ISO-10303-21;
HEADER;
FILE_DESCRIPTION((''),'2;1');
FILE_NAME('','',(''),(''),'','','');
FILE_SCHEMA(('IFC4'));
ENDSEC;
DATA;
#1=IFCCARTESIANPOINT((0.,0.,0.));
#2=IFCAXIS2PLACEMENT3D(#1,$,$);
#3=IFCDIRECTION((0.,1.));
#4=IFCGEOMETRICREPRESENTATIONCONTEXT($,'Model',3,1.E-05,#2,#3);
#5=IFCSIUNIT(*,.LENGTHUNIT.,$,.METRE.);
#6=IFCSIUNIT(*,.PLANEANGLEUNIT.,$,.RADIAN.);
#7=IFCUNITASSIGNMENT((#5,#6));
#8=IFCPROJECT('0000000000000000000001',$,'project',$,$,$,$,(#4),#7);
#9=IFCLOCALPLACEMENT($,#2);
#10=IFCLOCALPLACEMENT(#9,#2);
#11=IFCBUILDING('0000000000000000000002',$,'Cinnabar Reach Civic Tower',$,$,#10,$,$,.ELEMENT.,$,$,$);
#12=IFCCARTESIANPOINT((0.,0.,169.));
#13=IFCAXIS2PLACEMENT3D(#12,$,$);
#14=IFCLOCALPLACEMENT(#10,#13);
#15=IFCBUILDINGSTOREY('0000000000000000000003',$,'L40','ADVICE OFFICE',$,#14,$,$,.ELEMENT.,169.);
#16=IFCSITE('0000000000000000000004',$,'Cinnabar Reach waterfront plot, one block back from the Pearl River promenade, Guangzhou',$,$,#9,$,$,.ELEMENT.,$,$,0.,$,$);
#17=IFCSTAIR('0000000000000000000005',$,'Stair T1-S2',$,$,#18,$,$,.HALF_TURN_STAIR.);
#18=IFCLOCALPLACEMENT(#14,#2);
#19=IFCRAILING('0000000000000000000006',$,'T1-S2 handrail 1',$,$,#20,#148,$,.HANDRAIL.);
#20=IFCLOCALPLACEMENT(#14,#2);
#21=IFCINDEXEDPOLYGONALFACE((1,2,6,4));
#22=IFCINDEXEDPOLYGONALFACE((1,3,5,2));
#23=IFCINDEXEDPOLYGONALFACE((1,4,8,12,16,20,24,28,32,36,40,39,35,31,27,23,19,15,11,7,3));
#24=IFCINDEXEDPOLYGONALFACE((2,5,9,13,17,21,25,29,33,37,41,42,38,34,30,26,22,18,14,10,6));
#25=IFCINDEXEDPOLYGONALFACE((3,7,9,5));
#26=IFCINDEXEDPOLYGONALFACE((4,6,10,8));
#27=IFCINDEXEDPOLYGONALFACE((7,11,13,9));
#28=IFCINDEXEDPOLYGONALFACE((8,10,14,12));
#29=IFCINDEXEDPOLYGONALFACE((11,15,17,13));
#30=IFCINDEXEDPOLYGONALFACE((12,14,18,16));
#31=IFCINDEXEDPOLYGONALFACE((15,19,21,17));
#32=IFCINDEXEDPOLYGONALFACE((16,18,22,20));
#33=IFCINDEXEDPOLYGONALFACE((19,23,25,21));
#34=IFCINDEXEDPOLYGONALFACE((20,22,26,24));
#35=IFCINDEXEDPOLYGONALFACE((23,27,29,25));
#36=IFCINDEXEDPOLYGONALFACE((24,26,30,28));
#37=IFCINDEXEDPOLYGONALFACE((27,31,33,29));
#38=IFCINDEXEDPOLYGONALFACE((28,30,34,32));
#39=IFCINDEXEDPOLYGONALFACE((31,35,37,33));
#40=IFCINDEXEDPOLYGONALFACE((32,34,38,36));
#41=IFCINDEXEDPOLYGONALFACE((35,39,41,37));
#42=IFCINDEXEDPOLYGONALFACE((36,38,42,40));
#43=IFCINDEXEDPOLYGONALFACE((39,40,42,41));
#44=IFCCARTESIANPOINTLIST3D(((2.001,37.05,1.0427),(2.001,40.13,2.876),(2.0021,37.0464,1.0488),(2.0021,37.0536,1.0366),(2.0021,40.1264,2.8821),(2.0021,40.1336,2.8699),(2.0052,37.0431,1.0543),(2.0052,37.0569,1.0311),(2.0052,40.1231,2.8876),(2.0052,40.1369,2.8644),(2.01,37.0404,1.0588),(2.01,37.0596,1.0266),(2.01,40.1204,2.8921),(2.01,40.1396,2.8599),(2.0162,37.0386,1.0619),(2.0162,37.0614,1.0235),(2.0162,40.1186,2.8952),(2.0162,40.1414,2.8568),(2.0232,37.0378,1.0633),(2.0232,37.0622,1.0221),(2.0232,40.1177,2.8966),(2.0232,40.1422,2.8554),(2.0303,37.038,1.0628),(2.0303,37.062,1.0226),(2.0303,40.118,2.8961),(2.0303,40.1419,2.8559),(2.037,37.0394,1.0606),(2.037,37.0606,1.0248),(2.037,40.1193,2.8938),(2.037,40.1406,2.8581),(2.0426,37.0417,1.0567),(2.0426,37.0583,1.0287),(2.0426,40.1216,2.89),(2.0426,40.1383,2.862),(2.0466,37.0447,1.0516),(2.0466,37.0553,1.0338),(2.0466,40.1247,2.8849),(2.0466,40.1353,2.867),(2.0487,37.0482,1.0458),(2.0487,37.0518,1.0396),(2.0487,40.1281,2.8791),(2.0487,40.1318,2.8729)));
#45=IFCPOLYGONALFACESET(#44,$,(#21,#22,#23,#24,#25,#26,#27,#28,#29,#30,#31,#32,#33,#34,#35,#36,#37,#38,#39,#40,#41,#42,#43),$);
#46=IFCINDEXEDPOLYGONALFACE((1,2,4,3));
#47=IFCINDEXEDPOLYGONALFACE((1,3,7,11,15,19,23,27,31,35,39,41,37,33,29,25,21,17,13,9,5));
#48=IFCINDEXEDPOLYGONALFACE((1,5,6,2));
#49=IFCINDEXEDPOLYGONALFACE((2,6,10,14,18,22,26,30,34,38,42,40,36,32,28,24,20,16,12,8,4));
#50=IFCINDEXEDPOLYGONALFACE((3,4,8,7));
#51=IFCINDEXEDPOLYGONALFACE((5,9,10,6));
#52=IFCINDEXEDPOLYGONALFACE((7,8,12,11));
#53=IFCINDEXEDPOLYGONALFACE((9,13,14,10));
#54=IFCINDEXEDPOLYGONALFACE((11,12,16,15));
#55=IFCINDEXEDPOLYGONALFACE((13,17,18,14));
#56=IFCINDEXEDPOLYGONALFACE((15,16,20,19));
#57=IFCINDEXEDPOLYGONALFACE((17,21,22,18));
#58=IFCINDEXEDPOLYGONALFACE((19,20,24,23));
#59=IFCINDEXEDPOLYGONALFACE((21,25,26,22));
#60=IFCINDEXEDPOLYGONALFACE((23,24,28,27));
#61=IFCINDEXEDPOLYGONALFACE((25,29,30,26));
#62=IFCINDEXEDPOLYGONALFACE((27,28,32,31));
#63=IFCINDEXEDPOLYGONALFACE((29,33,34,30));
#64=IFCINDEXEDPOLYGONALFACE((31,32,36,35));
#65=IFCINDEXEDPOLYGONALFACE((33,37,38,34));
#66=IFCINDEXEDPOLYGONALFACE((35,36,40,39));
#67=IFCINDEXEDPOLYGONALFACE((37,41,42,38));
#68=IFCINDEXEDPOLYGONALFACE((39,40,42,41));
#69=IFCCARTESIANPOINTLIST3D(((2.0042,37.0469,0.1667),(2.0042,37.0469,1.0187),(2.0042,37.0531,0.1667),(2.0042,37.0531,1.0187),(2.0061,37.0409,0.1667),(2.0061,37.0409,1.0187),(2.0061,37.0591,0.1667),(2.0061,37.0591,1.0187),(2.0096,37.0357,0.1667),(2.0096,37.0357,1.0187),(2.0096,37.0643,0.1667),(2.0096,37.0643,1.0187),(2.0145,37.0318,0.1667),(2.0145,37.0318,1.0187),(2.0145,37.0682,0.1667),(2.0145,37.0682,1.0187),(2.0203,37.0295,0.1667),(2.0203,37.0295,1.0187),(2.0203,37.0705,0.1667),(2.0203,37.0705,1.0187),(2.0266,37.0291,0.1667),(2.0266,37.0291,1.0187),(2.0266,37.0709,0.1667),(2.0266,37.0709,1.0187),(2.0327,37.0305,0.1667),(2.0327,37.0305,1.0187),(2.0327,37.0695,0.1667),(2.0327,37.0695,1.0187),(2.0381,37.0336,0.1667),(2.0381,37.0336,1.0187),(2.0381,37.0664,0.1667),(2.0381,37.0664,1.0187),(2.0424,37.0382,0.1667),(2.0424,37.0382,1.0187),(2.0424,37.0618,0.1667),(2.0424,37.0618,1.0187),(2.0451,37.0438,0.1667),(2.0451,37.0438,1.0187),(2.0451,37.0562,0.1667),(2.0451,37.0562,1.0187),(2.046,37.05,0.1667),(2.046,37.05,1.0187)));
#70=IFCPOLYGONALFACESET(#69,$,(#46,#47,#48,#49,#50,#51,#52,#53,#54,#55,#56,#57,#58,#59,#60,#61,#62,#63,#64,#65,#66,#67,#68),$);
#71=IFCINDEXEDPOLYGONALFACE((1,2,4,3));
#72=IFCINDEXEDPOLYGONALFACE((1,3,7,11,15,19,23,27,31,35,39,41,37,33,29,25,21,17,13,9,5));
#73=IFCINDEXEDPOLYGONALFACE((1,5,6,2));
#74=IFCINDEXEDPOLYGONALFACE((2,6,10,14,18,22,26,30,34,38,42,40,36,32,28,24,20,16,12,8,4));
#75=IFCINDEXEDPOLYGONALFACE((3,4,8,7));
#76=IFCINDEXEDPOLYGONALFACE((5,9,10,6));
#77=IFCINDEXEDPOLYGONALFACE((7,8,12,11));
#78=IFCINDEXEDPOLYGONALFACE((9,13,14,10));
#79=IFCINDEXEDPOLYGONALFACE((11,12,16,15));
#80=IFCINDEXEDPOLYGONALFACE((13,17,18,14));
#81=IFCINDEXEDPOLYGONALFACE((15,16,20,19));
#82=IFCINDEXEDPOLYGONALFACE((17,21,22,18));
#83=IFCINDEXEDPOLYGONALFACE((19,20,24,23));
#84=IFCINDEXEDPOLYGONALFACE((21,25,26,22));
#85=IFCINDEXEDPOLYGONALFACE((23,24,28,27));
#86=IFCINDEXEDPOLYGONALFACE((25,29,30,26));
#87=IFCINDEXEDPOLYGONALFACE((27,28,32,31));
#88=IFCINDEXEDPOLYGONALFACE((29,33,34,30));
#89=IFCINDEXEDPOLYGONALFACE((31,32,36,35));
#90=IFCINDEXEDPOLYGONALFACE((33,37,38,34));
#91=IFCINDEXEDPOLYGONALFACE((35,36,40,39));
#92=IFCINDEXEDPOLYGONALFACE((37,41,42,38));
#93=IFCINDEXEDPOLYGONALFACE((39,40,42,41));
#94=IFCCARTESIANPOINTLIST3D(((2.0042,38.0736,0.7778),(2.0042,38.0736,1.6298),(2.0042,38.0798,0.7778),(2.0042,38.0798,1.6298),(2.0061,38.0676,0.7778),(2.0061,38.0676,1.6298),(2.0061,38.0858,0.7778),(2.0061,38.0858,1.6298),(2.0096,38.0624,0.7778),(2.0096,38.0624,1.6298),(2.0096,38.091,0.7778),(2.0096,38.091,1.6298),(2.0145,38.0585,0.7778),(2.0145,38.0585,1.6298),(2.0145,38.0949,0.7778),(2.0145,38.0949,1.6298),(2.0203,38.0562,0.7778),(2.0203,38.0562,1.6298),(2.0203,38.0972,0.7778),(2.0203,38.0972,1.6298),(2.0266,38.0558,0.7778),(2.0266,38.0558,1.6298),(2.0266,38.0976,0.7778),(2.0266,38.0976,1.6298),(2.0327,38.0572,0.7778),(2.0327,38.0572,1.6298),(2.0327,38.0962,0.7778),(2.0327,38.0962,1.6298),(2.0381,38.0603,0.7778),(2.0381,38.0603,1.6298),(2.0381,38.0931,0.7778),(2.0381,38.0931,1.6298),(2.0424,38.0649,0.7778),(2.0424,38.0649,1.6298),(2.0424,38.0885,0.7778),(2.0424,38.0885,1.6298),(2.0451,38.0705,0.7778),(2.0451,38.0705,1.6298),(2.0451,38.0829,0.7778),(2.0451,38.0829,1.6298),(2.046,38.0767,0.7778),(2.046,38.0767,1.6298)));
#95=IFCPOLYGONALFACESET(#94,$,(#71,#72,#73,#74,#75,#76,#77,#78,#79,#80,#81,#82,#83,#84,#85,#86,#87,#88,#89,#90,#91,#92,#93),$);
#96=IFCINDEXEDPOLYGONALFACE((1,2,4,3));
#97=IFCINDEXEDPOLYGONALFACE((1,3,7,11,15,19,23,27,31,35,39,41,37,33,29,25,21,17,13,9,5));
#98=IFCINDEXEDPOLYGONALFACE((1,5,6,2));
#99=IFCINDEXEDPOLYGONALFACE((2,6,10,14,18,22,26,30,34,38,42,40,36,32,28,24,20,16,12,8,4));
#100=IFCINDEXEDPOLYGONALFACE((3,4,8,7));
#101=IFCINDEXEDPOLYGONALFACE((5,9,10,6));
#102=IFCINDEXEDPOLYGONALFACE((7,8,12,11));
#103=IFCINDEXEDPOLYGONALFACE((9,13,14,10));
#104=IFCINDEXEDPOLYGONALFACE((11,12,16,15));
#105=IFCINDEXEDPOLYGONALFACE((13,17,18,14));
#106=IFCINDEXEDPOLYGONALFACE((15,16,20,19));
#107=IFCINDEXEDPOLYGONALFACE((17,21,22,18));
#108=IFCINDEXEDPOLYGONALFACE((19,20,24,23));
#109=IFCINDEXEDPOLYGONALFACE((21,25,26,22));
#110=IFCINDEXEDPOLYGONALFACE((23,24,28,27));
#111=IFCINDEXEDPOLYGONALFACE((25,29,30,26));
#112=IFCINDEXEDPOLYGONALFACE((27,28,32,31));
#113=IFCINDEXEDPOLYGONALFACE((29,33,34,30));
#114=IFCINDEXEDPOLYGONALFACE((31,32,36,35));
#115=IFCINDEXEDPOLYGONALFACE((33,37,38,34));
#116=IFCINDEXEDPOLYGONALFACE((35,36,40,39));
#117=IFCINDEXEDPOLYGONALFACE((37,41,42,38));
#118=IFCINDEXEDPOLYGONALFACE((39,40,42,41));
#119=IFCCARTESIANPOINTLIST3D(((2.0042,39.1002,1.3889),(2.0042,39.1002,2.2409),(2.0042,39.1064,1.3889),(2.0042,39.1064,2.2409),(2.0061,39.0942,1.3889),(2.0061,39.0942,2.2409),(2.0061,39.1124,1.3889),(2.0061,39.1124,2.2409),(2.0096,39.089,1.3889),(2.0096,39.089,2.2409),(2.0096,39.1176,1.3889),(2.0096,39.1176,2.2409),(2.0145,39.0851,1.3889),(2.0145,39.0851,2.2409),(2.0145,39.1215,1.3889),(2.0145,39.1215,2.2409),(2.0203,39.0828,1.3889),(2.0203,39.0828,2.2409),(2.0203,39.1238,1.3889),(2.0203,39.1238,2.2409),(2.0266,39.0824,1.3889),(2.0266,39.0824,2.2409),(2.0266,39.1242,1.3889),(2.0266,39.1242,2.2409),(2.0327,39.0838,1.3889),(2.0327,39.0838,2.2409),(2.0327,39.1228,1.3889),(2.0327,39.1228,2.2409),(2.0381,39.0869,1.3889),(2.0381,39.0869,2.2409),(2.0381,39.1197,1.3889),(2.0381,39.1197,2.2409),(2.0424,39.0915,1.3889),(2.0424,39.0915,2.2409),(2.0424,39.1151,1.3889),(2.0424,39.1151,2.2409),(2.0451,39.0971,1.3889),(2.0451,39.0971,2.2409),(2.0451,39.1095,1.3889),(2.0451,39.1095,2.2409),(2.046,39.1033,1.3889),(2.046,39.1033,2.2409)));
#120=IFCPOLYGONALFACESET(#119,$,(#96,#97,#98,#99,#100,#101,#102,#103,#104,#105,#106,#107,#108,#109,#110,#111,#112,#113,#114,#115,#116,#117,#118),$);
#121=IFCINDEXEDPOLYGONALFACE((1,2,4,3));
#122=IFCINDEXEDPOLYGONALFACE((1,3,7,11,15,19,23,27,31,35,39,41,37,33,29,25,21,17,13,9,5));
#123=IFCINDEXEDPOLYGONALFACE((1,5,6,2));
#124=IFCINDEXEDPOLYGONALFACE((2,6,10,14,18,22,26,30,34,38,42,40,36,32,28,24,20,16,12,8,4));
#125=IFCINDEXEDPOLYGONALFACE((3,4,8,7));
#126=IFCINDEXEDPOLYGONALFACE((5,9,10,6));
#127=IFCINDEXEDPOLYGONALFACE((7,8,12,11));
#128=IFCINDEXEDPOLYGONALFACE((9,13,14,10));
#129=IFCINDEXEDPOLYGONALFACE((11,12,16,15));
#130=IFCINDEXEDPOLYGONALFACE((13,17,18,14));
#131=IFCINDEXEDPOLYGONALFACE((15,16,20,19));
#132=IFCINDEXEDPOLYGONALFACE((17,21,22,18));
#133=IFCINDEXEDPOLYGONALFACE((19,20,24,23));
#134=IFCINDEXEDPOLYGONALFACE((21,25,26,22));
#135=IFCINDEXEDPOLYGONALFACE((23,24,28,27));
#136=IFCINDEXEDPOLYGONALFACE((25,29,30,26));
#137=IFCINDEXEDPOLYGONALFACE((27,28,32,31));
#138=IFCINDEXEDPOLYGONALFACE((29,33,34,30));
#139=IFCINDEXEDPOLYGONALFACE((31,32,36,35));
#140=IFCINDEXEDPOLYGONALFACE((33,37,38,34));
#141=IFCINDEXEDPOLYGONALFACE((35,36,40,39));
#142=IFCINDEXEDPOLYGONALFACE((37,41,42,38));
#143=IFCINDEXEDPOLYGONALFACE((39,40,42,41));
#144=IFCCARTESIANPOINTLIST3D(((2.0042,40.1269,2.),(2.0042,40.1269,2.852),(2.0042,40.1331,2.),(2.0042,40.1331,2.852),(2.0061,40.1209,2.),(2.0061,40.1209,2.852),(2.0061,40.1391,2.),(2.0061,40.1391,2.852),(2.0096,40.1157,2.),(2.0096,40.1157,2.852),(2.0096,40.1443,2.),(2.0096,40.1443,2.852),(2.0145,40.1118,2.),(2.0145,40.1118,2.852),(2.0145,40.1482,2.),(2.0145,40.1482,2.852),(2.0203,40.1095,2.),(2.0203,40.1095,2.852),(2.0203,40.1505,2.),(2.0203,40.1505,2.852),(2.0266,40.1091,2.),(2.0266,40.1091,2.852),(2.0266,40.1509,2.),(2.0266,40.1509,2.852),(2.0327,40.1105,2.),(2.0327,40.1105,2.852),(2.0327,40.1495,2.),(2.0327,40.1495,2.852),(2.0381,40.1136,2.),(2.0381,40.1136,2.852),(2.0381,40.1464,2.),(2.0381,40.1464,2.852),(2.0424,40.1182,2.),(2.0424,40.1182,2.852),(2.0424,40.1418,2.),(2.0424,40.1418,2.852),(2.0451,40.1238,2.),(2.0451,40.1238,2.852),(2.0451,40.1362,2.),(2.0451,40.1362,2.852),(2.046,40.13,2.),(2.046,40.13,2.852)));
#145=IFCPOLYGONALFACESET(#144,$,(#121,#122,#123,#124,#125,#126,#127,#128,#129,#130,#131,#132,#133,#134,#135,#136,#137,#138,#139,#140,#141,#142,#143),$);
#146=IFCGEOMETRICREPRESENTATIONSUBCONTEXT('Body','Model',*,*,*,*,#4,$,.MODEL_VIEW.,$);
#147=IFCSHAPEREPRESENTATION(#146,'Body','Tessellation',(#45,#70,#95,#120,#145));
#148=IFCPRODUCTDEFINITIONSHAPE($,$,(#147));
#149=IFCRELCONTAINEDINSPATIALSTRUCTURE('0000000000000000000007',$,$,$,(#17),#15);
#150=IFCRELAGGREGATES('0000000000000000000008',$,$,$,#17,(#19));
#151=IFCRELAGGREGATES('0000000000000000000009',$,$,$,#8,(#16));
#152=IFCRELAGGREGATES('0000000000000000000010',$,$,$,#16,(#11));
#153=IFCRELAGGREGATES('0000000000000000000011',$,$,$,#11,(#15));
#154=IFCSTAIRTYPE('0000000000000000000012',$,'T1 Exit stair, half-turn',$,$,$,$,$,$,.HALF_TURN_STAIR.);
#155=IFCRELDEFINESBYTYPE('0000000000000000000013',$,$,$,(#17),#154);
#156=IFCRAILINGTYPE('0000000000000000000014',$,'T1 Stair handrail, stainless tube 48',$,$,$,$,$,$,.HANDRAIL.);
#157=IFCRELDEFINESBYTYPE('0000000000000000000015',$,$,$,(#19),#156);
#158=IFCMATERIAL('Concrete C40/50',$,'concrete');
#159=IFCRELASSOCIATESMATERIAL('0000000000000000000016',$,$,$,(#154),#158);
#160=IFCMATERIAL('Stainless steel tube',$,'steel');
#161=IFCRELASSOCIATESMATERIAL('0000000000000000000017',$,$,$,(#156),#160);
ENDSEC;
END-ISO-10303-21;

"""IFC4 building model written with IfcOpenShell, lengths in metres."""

from ifc_helpers import new_model, si_unit, direction, frame, origin, origin_2d, place, context, subcontext, project, spatial, circle, extrude, material, type_object, element, aggregate, save


model = new_model("IFC4")

# Units and contexts
model_context = context("Model", 3, precision=1e-05, world=origin(), true_north=direction((0.0, 1.0)))
body_context = subcontext(model_context, "Body", "Model", "MODEL_VIEW")
ifc_project = project(units=[si_unit("LENGTHUNIT", "METRE"), si_unit("PLANEANGLEUNIT", "RADIAN")], contexts=[model_context])

# Site, building, storey
site_placement = place(None, origin())
site = spatial("IfcSite", under=ifc_project, at=site_placement, Name="Cinnabar Reach waterfront plot, one block back from the Pearl River promenade, Guangzhou", CompositionType="ELEMENT", RefElevation=0.0)
building_placement = place(site_placement, origin())
building = spatial("IfcBuilding", under=site, at=building_placement, Name="Cinnabar Reach Civic Tower", CompositionType="ELEMENT")
storey_placement = place(building_placement, frame((0.0, 0.0, 169.0)))
storey = spatial("IfcBuildingStorey", under=building, at=storey_placement, Name="L40", Description="ADVICE OFFICE", CompositionType="ELEMENT", Elevation=169.0)

# Shared definitions
ifc_material_1 = material(Name="Concrete C40/50", Category="concrete")

# Stair, railing
stair_type = type_object("IfcStairType", Name="T1 Exit stair, half-turn", PredefinedType="HALF_TURN_STAIR", material=ifc_material_1)
stair_placement = place(storey_placement, origin())
stair = element("IfcStair", 1, at=stair_placement, inside=storey, type_object=stair_type, Name="Stair T1-S2", PredefinedType="HALF_TURN_STAIR")
ifc_material_2 = material(Name="Stainless steel tube", Category="steel")
railing_type = type_object("IfcRailingType", Name="T1 Stair handrail, stainless tube 48", PredefinedType="HANDRAIL", material=ifc_material_2)
railing_1_placement = place(storey_placement, frame((2.025, 37.05, 0.1667)))
railing_1 = element("IfcRailing", 2, at=railing_1_placement, type_object=railing_type, Name="T1-S2 handrail 1", PredefinedType="HANDRAIL", context=body_context, shape_type="SweptSolid", body=[
    extrude(circle(Radius=0.024, at=origin_2d()), frame((0.0, 0.0, 0.876), z_axis=(0.0, 0.859297, 0.511477), x_axis=(-1.0, 0.0, 0.0)), (0.0, 0.0, 1.0), 3.5843),
    extrude(circle(Radius=0.021, at=origin_2d()), origin(), (0.0, 0.0, 1.0), 0.852),
    extrude(circle(Radius=0.021, at=origin_2d()), frame((0.0, 1.0267, 0.6111)), (0.0, 0.0, 1.0), 0.852),
    extrude(circle(Radius=0.021, at=origin_2d()), frame((0.0, 2.0533, 1.2222)), (0.0, 0.0, 1.0), 0.852),
    extrude(circle(Radius=0.021, at=origin_2d()), frame((0.0, 3.08, 1.8333)), (0.0, 0.0, 1.0), 0.852),
])
aggregate(stair, [railing_1])

save(model, "model.ifc")
